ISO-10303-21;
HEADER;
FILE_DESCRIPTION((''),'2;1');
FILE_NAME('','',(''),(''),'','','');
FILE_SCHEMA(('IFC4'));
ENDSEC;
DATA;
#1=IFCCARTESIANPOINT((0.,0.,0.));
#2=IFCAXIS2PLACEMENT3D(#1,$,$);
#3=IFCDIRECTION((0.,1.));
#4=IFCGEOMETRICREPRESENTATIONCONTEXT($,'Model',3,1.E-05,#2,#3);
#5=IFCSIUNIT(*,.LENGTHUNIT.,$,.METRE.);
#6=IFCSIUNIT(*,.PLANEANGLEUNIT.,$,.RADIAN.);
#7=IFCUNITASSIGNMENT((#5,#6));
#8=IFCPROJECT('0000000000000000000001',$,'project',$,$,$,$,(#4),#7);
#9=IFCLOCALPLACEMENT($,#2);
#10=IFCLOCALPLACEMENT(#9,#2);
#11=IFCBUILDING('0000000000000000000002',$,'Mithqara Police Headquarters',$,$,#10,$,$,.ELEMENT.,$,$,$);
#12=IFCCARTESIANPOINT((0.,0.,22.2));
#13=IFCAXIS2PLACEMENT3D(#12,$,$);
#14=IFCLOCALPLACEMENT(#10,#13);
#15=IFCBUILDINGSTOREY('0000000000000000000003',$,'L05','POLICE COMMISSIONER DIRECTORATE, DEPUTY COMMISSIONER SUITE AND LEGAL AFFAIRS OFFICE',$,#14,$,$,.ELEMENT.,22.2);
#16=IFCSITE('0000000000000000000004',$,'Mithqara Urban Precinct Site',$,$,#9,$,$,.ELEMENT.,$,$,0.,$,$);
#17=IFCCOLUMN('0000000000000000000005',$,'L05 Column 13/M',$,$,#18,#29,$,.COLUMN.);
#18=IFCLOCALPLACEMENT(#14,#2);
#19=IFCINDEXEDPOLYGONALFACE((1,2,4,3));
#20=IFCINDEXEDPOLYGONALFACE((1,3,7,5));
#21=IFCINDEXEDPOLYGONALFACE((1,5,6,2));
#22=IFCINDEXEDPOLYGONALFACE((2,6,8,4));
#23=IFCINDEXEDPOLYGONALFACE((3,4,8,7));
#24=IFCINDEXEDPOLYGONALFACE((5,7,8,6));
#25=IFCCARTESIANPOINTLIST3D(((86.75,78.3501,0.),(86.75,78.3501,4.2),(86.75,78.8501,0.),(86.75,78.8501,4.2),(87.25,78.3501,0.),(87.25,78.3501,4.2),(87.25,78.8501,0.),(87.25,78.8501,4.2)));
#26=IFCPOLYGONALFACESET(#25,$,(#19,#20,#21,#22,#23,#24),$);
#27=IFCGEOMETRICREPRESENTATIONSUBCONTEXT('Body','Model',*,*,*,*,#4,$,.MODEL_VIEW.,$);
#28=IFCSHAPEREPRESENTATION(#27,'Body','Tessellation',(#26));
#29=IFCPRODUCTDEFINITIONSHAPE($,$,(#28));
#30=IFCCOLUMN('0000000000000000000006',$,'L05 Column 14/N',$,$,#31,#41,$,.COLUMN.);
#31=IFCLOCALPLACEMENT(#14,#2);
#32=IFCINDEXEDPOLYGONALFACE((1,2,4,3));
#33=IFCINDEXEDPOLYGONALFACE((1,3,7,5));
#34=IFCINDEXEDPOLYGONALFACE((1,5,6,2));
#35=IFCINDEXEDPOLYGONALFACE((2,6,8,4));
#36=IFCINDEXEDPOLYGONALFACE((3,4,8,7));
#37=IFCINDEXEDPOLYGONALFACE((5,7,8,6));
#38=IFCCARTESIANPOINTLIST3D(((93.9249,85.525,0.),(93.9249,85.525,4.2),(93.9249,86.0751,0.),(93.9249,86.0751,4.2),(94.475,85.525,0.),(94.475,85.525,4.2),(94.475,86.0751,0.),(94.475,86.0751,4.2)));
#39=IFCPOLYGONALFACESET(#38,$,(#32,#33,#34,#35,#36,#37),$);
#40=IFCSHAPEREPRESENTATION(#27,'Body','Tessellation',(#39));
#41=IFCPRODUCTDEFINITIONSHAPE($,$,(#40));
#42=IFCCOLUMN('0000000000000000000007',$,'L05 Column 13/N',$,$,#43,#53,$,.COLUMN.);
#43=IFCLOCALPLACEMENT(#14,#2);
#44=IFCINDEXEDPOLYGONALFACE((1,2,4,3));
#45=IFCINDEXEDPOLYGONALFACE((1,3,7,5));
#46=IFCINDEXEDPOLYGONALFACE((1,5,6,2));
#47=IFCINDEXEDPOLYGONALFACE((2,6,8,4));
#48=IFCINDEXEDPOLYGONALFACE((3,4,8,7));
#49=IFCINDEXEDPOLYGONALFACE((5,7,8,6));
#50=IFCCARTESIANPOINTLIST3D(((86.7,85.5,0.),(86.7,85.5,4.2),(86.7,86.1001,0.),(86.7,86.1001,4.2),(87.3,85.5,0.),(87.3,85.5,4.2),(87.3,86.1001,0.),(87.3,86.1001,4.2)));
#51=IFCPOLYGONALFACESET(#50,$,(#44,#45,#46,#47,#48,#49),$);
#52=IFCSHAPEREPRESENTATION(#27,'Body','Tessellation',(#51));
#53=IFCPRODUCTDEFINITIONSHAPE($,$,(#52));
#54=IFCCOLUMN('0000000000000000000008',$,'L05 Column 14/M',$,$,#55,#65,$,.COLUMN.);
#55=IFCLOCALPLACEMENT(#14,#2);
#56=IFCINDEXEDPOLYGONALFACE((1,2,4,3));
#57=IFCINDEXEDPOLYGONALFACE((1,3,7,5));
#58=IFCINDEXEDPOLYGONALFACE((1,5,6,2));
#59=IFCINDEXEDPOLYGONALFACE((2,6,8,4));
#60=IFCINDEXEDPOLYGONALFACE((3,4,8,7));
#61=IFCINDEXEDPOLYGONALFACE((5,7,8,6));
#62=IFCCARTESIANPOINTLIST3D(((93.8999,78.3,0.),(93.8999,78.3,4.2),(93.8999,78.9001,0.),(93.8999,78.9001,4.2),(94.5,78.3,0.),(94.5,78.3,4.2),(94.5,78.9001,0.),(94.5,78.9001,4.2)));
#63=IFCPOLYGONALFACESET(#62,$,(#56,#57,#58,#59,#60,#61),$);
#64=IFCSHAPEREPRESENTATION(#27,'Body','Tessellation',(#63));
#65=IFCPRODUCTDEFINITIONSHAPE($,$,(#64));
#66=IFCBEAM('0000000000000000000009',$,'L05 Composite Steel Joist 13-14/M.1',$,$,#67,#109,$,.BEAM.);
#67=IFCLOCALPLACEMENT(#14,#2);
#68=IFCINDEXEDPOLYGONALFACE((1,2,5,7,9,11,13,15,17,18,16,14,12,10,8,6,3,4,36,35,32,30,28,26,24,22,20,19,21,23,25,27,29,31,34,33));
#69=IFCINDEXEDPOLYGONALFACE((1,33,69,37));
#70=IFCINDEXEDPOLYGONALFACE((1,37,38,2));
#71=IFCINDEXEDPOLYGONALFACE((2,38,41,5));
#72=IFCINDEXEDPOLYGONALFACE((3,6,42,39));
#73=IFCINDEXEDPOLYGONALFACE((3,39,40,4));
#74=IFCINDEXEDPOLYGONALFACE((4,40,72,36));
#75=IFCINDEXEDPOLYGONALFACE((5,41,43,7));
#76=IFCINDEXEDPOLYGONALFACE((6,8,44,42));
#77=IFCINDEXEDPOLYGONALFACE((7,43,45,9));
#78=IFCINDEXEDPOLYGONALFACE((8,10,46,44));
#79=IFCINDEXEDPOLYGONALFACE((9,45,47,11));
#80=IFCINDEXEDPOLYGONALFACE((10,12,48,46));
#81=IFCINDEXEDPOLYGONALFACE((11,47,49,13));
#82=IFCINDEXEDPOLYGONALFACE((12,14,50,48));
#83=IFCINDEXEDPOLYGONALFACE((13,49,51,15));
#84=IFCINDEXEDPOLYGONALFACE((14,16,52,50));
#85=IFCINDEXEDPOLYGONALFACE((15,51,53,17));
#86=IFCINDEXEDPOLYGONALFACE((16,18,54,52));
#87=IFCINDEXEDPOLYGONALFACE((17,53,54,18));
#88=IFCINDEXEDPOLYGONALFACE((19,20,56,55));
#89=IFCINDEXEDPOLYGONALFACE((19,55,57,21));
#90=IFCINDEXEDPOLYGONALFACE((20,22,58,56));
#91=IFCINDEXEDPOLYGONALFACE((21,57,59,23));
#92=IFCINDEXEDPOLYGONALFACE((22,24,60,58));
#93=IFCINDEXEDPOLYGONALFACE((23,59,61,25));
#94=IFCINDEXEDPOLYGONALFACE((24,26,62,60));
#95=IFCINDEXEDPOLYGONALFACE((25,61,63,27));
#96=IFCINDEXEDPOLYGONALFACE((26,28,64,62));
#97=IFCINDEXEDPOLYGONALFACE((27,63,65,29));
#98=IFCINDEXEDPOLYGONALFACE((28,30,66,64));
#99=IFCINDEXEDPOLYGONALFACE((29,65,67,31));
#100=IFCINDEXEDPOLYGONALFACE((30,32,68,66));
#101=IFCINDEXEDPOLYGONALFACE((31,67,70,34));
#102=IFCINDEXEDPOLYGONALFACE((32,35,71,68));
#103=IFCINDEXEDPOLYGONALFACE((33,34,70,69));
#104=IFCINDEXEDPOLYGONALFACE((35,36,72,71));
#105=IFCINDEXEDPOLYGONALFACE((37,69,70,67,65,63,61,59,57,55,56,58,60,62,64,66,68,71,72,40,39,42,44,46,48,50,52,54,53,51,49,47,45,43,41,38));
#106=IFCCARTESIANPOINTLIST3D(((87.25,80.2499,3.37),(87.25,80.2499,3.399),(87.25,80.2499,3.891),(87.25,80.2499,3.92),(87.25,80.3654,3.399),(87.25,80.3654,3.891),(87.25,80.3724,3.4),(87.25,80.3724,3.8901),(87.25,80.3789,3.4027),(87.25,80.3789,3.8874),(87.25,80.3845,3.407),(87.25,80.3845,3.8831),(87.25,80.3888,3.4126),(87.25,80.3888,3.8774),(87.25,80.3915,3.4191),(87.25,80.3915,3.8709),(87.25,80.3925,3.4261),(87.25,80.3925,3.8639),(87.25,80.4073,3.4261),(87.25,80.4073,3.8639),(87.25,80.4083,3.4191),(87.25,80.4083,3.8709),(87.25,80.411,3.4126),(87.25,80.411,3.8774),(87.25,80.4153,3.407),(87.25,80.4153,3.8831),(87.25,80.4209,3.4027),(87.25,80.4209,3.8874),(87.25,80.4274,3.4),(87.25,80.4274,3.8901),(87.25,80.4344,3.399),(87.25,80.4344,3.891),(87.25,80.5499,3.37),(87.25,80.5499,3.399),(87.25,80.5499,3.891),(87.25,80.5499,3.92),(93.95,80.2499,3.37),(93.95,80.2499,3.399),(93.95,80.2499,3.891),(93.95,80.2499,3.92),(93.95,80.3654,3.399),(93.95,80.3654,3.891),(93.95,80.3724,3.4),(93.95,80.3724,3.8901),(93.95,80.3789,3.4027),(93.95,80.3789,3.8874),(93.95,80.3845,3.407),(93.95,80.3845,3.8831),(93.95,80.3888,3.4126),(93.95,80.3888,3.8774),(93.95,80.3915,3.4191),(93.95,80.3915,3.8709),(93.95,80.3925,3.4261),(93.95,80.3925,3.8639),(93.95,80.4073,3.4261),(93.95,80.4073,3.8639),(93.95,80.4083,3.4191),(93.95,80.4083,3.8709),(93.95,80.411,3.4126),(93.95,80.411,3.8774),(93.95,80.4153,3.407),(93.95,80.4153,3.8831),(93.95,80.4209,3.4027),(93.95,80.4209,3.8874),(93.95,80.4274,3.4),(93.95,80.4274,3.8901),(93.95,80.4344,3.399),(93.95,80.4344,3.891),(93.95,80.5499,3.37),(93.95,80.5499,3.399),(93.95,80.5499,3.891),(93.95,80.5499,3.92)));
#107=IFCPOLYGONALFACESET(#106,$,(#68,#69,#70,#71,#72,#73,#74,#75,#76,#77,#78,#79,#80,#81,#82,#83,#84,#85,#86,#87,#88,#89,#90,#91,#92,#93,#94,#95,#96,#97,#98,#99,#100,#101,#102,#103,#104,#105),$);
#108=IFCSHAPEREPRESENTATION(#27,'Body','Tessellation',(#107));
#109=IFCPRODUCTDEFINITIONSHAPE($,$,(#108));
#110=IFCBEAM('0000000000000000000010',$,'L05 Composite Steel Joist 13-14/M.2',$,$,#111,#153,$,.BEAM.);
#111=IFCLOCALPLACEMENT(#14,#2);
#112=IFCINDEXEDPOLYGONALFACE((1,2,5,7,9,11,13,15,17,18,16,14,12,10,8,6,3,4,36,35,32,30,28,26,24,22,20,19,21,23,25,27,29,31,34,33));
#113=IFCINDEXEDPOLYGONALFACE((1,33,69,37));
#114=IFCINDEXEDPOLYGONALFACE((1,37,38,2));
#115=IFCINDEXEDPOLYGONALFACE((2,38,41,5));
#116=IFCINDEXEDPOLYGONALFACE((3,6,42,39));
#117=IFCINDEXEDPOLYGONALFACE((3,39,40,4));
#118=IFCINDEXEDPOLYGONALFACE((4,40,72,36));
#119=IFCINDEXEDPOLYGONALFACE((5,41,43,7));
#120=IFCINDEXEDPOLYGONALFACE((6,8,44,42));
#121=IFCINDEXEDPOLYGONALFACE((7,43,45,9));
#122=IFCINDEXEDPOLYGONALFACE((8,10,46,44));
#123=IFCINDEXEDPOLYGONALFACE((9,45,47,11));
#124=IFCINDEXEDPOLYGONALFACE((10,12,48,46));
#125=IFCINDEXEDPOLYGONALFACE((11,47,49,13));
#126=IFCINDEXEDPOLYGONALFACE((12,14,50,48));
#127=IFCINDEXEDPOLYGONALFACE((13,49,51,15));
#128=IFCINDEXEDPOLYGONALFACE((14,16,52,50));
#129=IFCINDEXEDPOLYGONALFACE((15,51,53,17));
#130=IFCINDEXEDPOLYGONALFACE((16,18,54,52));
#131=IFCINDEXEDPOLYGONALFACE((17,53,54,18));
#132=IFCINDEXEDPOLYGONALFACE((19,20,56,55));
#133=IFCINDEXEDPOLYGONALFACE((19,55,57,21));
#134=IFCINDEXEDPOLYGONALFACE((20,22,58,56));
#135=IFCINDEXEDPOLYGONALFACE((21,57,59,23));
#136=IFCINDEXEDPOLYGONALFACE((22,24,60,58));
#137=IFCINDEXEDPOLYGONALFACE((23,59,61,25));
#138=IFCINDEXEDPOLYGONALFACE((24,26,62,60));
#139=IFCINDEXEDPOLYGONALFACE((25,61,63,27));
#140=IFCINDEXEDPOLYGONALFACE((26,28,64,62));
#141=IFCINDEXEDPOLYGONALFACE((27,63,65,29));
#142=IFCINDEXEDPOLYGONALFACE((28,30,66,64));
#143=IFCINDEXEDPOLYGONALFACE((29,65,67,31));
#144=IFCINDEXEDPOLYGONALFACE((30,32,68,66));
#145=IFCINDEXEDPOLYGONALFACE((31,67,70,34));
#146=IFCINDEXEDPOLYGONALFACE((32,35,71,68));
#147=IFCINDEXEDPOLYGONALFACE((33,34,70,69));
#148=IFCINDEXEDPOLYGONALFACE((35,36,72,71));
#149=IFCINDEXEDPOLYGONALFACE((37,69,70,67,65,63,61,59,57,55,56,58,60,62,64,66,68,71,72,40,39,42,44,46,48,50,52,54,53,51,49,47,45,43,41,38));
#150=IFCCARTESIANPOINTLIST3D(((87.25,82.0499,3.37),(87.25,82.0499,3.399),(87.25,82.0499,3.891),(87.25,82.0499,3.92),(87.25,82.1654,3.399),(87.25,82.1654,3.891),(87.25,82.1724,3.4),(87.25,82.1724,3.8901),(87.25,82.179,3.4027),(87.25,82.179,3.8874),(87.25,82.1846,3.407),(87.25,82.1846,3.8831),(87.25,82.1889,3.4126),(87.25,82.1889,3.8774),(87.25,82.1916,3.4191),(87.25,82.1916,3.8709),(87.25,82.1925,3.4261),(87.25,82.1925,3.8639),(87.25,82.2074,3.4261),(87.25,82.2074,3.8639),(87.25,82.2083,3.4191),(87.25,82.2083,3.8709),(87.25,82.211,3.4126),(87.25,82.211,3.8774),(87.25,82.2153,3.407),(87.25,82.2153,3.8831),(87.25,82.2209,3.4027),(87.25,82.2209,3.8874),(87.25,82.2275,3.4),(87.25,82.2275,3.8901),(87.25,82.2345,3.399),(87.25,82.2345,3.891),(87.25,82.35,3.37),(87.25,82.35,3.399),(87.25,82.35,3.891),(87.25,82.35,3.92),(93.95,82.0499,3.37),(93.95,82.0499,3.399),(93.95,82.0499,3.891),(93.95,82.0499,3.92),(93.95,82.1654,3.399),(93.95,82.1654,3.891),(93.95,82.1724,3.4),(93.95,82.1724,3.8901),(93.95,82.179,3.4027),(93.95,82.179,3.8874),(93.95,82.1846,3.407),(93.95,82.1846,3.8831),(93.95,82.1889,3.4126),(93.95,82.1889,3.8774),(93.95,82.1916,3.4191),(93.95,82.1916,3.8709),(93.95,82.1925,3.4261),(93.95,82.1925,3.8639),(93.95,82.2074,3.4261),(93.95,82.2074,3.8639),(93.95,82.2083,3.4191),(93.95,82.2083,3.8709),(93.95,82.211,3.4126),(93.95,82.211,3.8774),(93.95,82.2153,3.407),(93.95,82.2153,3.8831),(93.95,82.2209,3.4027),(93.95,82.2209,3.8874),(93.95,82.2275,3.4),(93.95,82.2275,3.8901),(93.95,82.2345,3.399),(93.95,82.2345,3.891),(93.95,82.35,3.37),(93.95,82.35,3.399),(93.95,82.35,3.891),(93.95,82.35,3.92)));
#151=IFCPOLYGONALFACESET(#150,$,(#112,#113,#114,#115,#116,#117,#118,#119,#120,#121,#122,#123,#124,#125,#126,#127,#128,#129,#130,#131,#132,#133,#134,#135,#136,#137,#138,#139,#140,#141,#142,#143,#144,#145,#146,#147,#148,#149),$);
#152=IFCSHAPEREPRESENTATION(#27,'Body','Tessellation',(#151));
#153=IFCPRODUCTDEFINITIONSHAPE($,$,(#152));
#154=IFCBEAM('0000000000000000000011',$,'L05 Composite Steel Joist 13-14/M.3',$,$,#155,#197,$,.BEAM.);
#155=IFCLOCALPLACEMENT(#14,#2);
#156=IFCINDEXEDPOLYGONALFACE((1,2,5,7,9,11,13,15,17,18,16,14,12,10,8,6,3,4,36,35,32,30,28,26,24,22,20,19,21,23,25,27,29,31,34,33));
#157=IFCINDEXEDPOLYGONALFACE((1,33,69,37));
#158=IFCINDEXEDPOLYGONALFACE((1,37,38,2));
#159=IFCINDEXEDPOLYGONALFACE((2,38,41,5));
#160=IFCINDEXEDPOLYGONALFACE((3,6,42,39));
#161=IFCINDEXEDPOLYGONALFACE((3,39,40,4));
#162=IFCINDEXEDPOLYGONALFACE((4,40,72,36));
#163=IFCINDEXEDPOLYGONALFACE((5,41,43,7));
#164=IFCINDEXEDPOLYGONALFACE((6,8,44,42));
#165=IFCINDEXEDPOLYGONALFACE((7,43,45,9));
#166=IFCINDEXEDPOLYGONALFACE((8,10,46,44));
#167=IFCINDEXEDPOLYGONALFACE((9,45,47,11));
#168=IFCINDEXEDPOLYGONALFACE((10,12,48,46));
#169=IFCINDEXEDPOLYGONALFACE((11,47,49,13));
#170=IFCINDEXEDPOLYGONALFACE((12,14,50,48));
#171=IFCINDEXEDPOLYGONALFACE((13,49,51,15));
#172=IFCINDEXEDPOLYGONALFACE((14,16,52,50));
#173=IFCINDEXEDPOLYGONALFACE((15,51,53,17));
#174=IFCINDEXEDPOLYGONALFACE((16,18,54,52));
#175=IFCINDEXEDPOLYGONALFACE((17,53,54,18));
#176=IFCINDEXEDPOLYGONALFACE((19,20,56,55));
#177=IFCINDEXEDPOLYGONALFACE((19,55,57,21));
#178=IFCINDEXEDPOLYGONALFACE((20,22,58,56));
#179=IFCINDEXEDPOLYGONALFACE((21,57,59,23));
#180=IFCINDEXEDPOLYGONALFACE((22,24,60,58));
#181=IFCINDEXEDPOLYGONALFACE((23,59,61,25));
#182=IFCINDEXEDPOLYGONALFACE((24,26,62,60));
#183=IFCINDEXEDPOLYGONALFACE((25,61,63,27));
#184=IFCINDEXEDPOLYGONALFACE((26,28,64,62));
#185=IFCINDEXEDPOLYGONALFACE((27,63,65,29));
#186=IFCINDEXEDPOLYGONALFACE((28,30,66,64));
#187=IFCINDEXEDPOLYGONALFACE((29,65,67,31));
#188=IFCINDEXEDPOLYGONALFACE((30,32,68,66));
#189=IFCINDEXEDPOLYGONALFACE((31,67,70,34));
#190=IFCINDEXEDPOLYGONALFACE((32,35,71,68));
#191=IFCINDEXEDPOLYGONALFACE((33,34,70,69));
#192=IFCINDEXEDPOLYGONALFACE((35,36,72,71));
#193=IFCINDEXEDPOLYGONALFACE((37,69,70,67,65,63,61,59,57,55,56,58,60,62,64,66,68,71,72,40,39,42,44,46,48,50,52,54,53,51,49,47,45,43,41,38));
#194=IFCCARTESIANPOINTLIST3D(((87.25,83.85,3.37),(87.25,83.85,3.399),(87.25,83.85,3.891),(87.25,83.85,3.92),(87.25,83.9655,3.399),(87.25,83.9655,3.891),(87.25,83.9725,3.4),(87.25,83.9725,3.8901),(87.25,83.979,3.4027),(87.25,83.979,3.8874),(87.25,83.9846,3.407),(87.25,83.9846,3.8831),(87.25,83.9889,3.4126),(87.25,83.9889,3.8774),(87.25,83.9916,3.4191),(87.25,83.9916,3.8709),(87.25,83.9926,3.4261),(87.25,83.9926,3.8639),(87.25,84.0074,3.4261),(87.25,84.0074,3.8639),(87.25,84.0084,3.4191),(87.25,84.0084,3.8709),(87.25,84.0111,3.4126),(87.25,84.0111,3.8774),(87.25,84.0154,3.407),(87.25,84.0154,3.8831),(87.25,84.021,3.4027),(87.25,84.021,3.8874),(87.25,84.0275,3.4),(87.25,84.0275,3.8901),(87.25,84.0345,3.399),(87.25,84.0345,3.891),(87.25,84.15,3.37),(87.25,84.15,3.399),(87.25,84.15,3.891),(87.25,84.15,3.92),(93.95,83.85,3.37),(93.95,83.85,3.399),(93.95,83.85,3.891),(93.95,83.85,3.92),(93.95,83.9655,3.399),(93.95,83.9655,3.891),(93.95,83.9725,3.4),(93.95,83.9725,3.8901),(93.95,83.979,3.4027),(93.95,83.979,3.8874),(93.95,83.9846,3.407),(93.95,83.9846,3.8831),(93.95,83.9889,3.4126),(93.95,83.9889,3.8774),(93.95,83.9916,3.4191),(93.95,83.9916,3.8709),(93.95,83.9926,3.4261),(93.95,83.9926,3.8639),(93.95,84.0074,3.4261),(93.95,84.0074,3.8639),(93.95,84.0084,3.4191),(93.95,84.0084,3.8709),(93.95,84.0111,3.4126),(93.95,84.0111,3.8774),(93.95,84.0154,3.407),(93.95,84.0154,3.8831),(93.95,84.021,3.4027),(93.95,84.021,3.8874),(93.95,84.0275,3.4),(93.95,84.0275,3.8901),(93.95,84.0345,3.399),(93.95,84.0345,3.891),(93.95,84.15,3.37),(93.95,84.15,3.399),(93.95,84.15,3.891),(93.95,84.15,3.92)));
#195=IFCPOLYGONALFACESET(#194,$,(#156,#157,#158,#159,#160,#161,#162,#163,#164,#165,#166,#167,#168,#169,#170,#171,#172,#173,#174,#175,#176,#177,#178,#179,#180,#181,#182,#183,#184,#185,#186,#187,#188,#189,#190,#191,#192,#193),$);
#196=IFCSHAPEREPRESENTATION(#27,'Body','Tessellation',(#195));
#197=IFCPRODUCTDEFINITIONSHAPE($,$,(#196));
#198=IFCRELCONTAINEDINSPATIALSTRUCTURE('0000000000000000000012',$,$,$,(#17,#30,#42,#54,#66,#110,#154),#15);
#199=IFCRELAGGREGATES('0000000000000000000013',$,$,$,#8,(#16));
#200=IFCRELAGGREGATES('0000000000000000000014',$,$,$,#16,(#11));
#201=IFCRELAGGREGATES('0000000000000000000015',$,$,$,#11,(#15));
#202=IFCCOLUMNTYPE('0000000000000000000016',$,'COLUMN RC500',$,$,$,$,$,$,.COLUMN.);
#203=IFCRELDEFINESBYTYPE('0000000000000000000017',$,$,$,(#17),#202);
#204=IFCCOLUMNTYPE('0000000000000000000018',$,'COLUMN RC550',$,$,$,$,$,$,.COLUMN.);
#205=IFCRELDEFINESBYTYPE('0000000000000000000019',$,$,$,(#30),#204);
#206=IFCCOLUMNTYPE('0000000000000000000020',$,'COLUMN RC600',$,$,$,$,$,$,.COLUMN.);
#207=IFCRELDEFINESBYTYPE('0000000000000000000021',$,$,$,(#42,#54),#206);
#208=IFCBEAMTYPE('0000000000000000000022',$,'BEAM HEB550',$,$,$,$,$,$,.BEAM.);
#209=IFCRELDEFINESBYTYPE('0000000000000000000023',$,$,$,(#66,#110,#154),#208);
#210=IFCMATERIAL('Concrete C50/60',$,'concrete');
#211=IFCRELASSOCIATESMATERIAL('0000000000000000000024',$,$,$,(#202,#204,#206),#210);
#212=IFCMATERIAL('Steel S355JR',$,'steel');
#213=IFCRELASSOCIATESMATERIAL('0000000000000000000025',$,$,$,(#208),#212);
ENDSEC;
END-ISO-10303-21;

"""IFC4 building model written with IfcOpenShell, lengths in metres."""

from ifc_helpers import new_model, si_unit, direction, frame, origin, origin_2d, place, context, subcontext, project, spatial, rectangle, i_section, extrude, material, material_profile, profile_set, type_object, element, save


model = new_model("IFC4")

# Units and contexts
model_context = context("Model", 3, precision=1e-05, world=origin(), true_north=direction((0.0, 1.0)))
body_context = subcontext(model_context, "Body", "Model", "MODEL_VIEW")
ifc_project = project(units=[si_unit("LENGTHUNIT", "METRE"), si_unit("PLANEANGLEUNIT", "RADIAN")], contexts=[model_context])

# Site, building, storey
site_placement = place(None, origin())
site = spatial("IfcSite", under=ifc_project, at=site_placement, Name="Mithqara Urban Precinct Site", CompositionType="ELEMENT", RefElevation=0.0)
building_placement = place(site_placement, origin())
building = spatial("IfcBuilding", under=site, at=building_placement, Name="Mithqara Police Headquarters", CompositionType="ELEMENT")
storey_placement = place(building_placement, frame((0.0, 0.0, 22.2)))
storey = spatial("IfcBuildingStorey", under=building, at=storey_placement, Name="L05", Description="POLICE COMMISSIONER DIRECTORATE, DEPUTY COMMISSIONER SUITE AND LEGAL AFFAIRS OFFICE", CompositionType="ELEMENT", Elevation=22.2)

# Columns
ifc_material_1 = material(Name="Concrete C50/60", Category="concrete")
ifc_material_profile_1 = material_profile(ifc_material_1, rectangle(XDim=0.5, YDim=0.5, at=origin_2d()), Name="RC 500x500")
ifc_profile_set_1 = profile_set([ifc_material_profile_1], Name="Concrete C50/60")
column_type_1 = type_object("IfcColumnType", Name="COLUMN RC500", PredefinedType="COLUMN", material=ifc_profile_set_1)
column_1_placement = place(storey_placement, frame((87.0, 78.6001, 0.0), z_axis=(0.0, 0.0, 1.0), x_axis=(1.0, 0.0, 0.0)))
element("IfcColumn", 1, at=column_1_placement, inside=storey, type_object=column_type_1, Name="L05 Column 13/M", PredefinedType="COLUMN", context=body_context, shape_type="SweptSolid", body=[
    extrude(rectangle(XDim=0.5, YDim=0.5, at=origin_2d()), origin(), (0.0, 0.0, 1.0), 4.2),
])
ifc_material_profile_2 = material_profile(ifc_material_1, rectangle(XDim=0.55, YDim=0.55, at=origin_2d()), Name="RC 550x550")
ifc_profile_set_2 = profile_set([ifc_material_profile_2], Name="Concrete C50/60")
column_type_2 = type_object("IfcColumnType", Name="COLUMN RC550", PredefinedType="COLUMN", material=ifc_profile_set_2)
column_2_placement = place(storey_placement, frame((94.2, 85.8, 0.0), z_axis=(0.0, 0.0, 1.0), x_axis=(1.0, 0.0, 0.0)))
element("IfcColumn", 2, at=column_2_placement, inside=storey, type_object=column_type_2, Name="L05 Column 14/N", PredefinedType="COLUMN", context=body_context, shape_type="SweptSolid", body=[
    extrude(rectangle(XDim=0.55, YDim=0.55, at=origin_2d()), origin(), (0.0, 0.0, 1.0), 4.2),
])
ifc_material_profile_3 = material_profile(ifc_material_1, rectangle(XDim=0.6001, YDim=0.6001, at=origin_2d()), Name="RC 600x600")
ifc_profile_set_3 = profile_set([ifc_material_profile_3], Name="Concrete C50/60")
column_type_3 = type_object("IfcColumnType", Name="COLUMN RC600", PredefinedType="COLUMN", material=ifc_profile_set_3)
for number, where, z_axis, x_axis, name in (
    (3, (87.0, 85.8, 0.0), (0.0, 0.0, 1.0), (1.0, 0.0, 0.0), "L05 Column 13/N"),
    (4, (94.2, 78.6001, 0.0), (0.0, 0.0, 1.0), (1.0, 0.0, 0.0), "L05 Column 14/M"),
):
    element("IfcColumn", number, at=place(storey_placement, frame(where, z_axis=z_axis, x_axis=x_axis)), inside=storey, type_object=column_type_3, Name=name, PredefinedType="COLUMN", context=body_context, shape_type="SweptSolid", body=[
        extrude(rectangle(XDim=0.6001, YDim=0.6001, at=origin_2d()), origin(), (0.0, 0.0, 1.0), 4.2),
    ])

# Beams
ifc_material_2 = material(Name="Steel S355JR", Category="steel")
ifc_material_profile_4 = material_profile(ifc_material_2, i_section(OverallWidth=0.3, OverallDepth=0.55, WebThickness=0.0149, FlangeThickness=0.0291, FilletRadius=0.0271, at=origin_2d()), Name="HEB 550")
ifc_profile_set_4 = profile_set([ifc_material_profile_4], Name="Steel S355JR")
beam_type_1 = type_object("IfcBeamType", Name="BEAM HEB550", PredefinedType="BEAM", material=ifc_profile_set_4)
for number, where, z_axis, x_axis, name in (
    (5, (87.25, 80.3999, 3.645), (1.0, 0.0, 0.0), (0.0, 1.0, 0.0), "L05 Composite Steel Joist 13-14/M.1"),
    (6, (87.25, 82.2, 3.645), (1.0, 0.0, 0.0), (0.0, 1.0, 0.0), "L05 Composite Steel Joist 13-14/M.2"),
    (7, (87.25, 84.0, 3.645), (1.0, 0.0, 0.0), (0.0, 1.0, 0.0), "L05 Composite Steel Joist 13-14/M.3"),
):
    element("IfcBeam", number, at=place(storey_placement, frame(where, z_axis=z_axis, x_axis=x_axis)), inside=storey, type_object=beam_type_1, Name=name, PredefinedType="BEAM", context=body_context, shape_type="SweptSolid", body=[
        extrude(i_section(OverallWidth=0.3, OverallDepth=0.55, WebThickness=0.0149, FlangeThickness=0.0291, FilletRadius=0.0271, at=origin_2d()), origin(), (0.0, 0.0, 1.0), 6.7),
    ])

save(model, "model.ifc")
